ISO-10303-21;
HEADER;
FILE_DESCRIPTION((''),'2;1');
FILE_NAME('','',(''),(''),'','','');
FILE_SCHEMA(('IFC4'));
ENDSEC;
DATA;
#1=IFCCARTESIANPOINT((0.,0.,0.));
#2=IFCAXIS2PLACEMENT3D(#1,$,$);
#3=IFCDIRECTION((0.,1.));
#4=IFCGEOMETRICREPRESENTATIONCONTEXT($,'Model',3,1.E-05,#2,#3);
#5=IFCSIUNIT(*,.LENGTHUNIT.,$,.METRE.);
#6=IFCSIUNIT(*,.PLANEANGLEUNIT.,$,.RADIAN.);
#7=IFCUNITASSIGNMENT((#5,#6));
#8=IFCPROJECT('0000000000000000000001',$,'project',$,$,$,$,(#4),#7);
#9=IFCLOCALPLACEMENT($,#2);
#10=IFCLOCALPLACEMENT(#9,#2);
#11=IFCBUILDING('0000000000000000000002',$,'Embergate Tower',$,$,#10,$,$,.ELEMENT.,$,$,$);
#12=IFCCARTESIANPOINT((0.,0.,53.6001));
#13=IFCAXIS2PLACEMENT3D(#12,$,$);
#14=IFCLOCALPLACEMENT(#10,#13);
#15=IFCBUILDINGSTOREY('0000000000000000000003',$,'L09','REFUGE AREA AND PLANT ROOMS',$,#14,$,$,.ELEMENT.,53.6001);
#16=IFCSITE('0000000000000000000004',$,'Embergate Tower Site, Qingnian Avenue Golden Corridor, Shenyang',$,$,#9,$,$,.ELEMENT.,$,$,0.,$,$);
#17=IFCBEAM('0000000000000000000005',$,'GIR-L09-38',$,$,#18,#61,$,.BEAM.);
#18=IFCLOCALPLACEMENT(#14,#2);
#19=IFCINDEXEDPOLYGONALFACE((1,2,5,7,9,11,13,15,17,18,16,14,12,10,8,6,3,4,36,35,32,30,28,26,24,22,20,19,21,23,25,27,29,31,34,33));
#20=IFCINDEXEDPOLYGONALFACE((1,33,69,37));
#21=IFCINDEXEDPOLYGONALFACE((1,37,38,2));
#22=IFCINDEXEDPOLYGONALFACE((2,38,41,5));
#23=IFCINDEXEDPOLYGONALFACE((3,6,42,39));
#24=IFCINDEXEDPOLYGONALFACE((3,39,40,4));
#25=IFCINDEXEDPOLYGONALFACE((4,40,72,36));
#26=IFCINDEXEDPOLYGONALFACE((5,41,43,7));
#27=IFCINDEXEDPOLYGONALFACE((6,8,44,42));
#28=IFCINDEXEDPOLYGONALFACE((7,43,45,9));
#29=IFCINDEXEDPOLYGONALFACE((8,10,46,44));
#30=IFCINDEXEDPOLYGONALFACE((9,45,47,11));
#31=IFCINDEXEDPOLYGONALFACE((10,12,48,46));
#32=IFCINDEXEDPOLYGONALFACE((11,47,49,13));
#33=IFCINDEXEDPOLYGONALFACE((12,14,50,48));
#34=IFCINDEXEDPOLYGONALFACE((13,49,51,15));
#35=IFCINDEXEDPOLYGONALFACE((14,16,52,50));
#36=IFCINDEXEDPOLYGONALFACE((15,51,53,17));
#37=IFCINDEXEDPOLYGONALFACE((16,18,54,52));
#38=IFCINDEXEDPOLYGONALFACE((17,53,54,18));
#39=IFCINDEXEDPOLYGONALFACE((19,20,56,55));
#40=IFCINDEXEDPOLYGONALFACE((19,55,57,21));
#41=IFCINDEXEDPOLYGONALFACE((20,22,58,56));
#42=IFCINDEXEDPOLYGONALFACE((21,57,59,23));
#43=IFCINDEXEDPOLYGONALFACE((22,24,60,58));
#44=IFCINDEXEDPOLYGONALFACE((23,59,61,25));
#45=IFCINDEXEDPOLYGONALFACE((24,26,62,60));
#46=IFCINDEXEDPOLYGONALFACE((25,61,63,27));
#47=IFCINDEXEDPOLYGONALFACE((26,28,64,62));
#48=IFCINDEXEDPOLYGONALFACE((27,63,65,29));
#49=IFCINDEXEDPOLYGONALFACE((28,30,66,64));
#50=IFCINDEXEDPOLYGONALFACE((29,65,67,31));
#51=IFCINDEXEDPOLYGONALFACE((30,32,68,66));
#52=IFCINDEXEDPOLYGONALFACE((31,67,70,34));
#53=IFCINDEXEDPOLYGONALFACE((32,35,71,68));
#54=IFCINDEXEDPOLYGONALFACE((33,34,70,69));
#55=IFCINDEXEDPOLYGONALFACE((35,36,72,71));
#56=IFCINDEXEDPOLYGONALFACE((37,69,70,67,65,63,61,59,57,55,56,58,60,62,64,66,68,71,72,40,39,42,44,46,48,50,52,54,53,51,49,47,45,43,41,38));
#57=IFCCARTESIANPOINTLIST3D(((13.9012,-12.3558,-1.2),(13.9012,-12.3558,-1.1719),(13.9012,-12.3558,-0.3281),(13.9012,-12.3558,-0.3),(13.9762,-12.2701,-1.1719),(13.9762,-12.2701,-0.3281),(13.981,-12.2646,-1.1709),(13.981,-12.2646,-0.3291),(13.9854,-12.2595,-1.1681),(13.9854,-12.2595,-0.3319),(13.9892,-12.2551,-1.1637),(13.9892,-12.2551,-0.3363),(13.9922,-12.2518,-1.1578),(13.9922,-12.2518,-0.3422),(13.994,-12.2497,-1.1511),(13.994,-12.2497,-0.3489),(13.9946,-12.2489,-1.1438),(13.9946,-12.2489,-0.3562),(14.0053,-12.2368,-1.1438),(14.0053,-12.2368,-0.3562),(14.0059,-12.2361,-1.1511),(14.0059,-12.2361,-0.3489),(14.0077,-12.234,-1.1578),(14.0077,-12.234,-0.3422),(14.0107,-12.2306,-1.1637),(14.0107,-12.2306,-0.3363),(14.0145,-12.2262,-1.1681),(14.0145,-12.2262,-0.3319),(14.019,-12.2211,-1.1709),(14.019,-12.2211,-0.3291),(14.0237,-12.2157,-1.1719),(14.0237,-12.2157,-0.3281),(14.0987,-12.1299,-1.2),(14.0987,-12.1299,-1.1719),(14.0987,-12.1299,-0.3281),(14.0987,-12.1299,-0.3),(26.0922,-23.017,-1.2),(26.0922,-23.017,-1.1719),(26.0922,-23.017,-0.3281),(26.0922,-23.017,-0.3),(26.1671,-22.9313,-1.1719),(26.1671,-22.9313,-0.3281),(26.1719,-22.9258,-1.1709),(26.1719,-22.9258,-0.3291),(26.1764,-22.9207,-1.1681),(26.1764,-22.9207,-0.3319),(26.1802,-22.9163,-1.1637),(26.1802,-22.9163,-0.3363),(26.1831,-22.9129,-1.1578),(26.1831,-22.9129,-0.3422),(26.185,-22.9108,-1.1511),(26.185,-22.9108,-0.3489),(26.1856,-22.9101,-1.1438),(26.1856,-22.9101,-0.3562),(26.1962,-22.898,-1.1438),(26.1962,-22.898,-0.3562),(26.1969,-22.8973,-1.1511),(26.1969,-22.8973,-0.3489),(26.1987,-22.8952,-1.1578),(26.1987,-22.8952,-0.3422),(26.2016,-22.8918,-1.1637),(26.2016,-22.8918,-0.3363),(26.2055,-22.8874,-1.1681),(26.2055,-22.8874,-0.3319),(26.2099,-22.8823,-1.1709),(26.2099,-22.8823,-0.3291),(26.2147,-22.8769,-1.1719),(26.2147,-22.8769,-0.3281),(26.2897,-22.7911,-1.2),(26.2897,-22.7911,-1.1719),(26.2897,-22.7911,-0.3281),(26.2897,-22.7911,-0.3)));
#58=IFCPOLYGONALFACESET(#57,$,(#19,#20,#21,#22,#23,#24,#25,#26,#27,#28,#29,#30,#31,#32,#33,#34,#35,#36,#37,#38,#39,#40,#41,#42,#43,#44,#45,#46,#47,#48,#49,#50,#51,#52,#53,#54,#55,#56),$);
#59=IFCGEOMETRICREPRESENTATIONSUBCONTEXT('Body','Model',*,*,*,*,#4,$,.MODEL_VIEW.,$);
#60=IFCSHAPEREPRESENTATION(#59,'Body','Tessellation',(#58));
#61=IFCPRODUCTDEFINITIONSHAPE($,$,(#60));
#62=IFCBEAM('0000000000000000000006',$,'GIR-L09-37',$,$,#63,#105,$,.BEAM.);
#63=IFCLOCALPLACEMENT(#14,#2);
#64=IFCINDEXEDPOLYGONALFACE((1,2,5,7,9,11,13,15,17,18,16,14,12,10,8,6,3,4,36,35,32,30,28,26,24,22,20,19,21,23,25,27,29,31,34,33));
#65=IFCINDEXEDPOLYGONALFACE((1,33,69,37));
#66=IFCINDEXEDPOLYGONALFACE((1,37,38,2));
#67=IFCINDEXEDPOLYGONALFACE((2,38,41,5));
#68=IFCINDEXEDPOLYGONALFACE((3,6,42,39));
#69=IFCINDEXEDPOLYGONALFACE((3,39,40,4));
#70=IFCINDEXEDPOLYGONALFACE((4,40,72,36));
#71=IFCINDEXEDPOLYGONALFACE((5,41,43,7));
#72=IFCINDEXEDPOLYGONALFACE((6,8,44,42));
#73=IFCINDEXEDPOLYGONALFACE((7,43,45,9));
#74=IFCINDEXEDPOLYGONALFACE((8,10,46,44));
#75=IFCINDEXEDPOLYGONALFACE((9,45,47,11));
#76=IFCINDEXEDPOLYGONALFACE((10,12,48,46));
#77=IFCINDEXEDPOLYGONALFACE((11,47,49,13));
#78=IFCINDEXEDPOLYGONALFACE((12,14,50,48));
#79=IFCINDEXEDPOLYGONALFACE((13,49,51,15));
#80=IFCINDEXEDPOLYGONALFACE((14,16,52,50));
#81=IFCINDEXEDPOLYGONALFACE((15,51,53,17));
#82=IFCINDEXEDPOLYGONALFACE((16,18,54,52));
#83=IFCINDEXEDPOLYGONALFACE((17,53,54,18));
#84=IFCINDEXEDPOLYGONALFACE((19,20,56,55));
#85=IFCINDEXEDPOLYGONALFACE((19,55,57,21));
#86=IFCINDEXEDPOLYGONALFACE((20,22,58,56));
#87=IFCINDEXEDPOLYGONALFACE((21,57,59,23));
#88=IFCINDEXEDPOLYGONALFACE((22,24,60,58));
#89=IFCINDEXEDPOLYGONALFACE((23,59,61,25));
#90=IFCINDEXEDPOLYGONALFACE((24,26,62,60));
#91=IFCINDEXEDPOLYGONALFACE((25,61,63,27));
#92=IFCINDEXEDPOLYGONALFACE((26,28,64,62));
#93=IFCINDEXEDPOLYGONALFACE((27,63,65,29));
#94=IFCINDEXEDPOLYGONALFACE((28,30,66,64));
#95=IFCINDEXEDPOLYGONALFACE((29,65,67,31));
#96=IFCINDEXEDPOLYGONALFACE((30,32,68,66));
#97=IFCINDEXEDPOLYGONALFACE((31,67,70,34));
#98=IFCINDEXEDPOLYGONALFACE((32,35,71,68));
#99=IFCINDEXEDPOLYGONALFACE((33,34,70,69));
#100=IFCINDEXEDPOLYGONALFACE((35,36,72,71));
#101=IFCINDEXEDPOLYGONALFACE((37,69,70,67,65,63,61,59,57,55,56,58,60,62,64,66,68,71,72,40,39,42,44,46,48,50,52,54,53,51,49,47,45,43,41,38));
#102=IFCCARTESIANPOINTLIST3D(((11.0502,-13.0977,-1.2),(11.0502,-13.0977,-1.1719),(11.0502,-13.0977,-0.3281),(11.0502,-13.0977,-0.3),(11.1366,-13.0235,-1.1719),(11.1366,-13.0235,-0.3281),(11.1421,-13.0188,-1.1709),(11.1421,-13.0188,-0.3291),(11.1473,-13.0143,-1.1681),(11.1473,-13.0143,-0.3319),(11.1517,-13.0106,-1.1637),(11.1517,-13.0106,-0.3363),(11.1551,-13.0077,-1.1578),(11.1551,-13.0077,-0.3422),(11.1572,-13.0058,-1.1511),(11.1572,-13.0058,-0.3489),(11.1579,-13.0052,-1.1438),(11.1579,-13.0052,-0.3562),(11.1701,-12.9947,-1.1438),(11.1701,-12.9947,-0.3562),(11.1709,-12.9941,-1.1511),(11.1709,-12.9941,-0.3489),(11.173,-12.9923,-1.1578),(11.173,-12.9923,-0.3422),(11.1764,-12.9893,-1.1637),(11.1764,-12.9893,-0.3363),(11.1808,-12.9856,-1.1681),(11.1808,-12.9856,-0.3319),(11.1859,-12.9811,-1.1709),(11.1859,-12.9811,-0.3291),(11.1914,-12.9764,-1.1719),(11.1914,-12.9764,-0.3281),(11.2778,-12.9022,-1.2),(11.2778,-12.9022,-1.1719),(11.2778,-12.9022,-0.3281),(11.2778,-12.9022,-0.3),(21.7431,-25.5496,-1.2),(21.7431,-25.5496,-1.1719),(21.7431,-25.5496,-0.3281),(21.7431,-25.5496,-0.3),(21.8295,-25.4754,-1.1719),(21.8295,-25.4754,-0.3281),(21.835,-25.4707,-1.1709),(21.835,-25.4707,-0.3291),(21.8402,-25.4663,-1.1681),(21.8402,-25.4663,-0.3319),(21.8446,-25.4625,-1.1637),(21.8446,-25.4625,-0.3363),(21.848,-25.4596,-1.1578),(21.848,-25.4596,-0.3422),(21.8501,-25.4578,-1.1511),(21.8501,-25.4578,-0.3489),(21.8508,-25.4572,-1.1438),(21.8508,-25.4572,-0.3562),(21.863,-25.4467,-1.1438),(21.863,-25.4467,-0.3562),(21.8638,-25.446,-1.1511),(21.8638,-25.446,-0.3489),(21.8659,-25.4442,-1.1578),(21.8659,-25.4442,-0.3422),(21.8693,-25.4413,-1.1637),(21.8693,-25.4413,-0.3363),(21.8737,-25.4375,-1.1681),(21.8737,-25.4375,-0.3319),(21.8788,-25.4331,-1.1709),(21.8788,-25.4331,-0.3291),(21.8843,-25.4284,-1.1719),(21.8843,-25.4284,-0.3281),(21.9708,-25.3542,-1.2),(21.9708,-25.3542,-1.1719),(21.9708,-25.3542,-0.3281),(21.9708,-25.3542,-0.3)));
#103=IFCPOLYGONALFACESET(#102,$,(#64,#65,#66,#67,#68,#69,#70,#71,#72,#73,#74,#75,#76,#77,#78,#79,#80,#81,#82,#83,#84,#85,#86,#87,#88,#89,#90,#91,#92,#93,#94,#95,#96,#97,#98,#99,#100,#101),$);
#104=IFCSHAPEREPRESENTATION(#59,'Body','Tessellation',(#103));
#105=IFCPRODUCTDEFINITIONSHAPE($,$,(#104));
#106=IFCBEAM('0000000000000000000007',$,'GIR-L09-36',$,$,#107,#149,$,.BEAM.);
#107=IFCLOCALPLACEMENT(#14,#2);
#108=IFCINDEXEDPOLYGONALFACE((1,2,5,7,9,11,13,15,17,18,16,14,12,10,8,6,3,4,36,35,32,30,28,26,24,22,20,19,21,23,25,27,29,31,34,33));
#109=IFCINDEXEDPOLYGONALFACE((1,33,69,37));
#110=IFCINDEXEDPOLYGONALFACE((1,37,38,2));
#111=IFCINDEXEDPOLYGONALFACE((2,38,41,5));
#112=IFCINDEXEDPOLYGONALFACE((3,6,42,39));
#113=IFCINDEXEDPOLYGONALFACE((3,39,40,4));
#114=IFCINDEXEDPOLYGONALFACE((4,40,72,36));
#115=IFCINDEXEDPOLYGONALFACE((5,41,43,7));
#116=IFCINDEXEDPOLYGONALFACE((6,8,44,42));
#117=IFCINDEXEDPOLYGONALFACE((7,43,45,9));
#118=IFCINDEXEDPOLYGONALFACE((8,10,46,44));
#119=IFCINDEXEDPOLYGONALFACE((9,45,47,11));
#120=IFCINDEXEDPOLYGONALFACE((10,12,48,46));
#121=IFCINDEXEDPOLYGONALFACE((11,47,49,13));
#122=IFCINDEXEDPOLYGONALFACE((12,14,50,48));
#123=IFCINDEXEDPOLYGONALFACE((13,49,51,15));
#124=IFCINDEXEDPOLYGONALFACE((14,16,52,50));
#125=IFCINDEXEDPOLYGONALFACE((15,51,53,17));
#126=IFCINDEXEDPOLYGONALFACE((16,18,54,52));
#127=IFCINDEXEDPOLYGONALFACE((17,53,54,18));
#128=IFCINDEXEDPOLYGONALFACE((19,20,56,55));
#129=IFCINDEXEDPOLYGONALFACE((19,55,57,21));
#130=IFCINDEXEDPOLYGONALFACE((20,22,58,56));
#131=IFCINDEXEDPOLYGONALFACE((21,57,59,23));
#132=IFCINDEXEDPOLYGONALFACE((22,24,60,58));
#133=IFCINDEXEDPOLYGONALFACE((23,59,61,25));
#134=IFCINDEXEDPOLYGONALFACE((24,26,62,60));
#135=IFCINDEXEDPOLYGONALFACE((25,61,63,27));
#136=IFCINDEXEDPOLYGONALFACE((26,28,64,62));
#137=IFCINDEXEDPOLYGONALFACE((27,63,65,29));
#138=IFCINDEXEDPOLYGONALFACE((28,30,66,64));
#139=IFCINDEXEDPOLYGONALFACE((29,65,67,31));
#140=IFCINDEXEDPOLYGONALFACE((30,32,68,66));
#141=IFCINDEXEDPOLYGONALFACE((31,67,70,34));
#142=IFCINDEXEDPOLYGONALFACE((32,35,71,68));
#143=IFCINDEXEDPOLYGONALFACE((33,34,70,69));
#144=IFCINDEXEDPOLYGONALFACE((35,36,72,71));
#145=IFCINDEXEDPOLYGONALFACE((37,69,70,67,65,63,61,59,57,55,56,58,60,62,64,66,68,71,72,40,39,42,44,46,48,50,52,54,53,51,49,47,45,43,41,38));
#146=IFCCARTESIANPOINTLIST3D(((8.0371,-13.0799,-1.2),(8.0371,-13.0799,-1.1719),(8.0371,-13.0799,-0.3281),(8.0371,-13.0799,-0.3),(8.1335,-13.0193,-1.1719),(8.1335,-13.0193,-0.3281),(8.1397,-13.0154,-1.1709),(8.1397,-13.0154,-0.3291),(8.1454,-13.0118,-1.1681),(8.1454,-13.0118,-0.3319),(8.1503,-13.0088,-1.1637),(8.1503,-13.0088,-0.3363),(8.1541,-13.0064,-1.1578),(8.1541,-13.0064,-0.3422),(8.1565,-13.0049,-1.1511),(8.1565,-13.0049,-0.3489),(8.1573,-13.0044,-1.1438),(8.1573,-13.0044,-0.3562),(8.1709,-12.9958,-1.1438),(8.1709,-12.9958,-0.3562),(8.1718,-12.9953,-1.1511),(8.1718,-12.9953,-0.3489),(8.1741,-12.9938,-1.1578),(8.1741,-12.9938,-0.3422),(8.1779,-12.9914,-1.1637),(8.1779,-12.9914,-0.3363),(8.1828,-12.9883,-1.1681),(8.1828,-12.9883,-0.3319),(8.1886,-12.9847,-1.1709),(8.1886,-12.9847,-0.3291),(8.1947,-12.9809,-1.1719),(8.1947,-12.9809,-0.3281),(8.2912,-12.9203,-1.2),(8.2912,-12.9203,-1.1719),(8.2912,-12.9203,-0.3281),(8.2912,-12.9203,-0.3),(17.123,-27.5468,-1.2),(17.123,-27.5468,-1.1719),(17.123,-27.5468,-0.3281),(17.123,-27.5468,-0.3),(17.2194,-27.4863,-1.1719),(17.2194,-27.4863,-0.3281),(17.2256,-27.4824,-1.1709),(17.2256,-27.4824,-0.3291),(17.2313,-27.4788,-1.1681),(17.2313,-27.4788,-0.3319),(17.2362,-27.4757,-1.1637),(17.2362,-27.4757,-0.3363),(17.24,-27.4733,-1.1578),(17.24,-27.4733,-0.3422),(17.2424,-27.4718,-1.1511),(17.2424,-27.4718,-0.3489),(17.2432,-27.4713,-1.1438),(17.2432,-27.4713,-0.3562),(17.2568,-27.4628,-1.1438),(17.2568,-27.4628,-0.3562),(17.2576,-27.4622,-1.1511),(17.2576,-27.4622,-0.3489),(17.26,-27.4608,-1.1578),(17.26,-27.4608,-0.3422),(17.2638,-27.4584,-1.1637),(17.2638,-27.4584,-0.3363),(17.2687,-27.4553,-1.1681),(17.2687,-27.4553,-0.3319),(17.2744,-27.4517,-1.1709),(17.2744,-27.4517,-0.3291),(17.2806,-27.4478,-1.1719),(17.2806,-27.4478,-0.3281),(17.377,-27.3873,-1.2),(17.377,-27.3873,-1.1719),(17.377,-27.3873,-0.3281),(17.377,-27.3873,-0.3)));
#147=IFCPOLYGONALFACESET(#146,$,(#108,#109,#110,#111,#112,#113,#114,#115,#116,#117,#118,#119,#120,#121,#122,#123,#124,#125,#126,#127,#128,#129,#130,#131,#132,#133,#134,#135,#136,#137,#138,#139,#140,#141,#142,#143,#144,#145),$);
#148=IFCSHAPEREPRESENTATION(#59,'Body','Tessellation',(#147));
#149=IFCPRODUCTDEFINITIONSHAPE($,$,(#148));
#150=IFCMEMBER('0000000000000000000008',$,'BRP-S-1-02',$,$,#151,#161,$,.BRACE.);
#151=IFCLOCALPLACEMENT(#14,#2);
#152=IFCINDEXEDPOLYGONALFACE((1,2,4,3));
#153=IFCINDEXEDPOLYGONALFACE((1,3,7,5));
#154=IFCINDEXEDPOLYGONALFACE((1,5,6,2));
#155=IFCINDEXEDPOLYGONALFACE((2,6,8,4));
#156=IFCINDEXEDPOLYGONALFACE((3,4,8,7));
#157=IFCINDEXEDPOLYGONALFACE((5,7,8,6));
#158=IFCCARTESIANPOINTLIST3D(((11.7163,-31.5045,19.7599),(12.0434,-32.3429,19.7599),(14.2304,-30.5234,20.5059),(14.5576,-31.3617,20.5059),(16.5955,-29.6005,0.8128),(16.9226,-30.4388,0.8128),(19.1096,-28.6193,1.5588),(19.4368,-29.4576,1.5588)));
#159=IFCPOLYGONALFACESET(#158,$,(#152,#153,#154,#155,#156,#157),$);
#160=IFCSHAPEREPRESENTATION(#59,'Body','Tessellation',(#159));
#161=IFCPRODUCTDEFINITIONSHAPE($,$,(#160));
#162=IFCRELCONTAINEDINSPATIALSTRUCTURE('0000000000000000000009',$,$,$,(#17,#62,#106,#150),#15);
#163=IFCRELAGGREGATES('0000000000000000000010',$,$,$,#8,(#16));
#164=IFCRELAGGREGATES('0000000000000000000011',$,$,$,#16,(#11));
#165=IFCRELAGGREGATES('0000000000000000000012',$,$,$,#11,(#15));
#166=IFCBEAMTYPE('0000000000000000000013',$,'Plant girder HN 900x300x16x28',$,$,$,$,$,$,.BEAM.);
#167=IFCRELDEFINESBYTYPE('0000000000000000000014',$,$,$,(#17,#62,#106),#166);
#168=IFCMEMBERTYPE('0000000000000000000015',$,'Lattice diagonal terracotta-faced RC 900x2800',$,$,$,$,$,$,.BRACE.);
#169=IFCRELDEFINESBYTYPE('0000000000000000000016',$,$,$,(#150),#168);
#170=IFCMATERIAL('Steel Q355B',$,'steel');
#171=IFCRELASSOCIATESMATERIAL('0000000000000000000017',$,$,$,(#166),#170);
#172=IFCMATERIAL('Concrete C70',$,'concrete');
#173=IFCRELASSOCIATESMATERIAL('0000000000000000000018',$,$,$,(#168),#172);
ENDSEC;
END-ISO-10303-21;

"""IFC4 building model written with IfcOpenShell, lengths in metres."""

from ifc_helpers import new_model, si_unit, direction, frame, origin, origin_2d, place, context, subcontext, project, spatial, rectangle, i_section, extrude, source, transform, mapped, material, material_profile, profile_set, type_object, element, save


model = new_model("IFC4")

# Units and contexts
model_context = context("Model", 3, precision=1e-05, world=origin(), true_north=direction((0.0, 1.0)))
body_context = subcontext(model_context, "Body", "Model", "MODEL_VIEW")
ifc_project = project(units=[si_unit("LENGTHUNIT", "METRE"), si_unit("PLANEANGLEUNIT", "RADIAN")], contexts=[model_context])

# Site, building, storey
site_placement = place(None, origin())
site = spatial("IfcSite", under=ifc_project, at=site_placement, Name="Embergate Tower Site, Qingnian Avenue Golden Corridor, Shenyang", CompositionType="ELEMENT", RefElevation=0.0)
building_placement = place(site_placement, origin())
building = spatial("IfcBuilding", under=site, at=building_placement, Name="Embergate Tower", CompositionType="ELEMENT")
storey_placement = place(building_placement, frame((0.0, 0.0, 53.6001)))
storey = spatial("IfcBuildingStorey", under=building, at=storey_placement, Name="L09", Description="REFUGE AREA AND PLANT ROOMS", CompositionType="ELEMENT", Elevation=53.6001)

# Shared definitions
ifc_material_1 = material(Name="Concrete C70", Category="concrete")

# Beams
ifc_material_2 = material(Name="Steel Q355B", Category="steel")
ifc_material_profile_1 = material_profile(ifc_material_2, i_section(OverallWidth=0.3, OverallDepth=0.8999, WebThickness=0.0161, FlangeThickness=0.0281, FilletRadius=0.0281, at=origin_2d()), Name="HN 900x300x16x28")
ifc_profile_set_1 = profile_set([ifc_material_profile_1], Name="Steel Q355 grade B")
beam_type_1 = type_object("IfcBeamType", Name="Plant girder HN 900x300x16x28", PredefinedType="BEAM", material=ifc_profile_set_1)
shared_shape_1 = source(origin(), body_context, "Body", "SweptSolid", [
    extrude(i_section(OverallWidth=0.3, OverallDepth=0.8999, WebThickness=0.0161, FlangeThickness=0.0281, FilletRadius=0.0281, at=origin_2d()), origin(), (0.0, 0.0, 1.0), 16.1951),
])
beam_1_placement = place(storey_placement, frame((26.1909, -22.9041, -0.75), z_axis=(-0.752758, 0.658298, 0.0), x_axis=(-0.658298, -0.752758, 0.0)))
element("IfcBeam", 1, at=beam_1_placement, inside=storey, type_object=beam_type_1, Name="GIR-L09-38", PredefinedType="BEAM", context=body_context, shape_type="MappedRepresentation", body=[
    mapped(shared_shape_1, transform((0.0, 0.0, 0.0))),
])
shared_shape_2 = source(origin(), body_context, "Body", "SweptSolid", [
    extrude(i_section(OverallWidth=0.3, OverallDepth=0.8999, WebThickness=0.0161, FlangeThickness=0.0281, FilletRadius=0.0281, at=origin_2d()), origin(), (0.0, 0.0, 1.0), 16.4131),
])
beam_2_placement = place(storey_placement, frame((21.8569, -25.4519, -0.75), z_axis=(-0.651487, 0.75866, 0.0), x_axis=(-0.75866, -0.651487, 0.0)))
element("IfcBeam", 2, at=beam_2_placement, inside=storey, type_object=beam_type_1, Name="GIR-L09-37", PredefinedType="BEAM", context=body_context, shape_type="MappedRepresentation", body=[
    mapped(shared_shape_2, transform((0.0, 0.0, 0.0))),
])
shared_shape_3 = source(origin(), body_context, "Body", "SweptSolid", [
    extrude(i_section(OverallWidth=0.3, OverallDepth=0.8999, WebThickness=0.0161, FlangeThickness=0.0281, FilletRadius=0.0281, at=origin_2d()), origin(), (0.0, 0.0, 1.0), 17.0835),
])
beam_3_placement = place(storey_placement, frame((17.25, -27.467, -0.75), z_axis=(-0.531851, 0.846838, 0.0), x_axis=(-0.846838, -0.531851, 0.0)))
element("IfcBeam", 3, at=beam_3_placement, inside=storey, type_object=beam_type_1, Name="GIR-L09-36", PredefinedType="BEAM", context=body_context, shape_type="MappedRepresentation", body=[
    mapped(shared_shape_3, transform((0.0, 0.0, 0.0))),
])

# Member
ifc_material_profile_2 = material_profile(ifc_material_1, rectangle(XDim=0.8999, YDim=2.8, at=origin_2d()), Name="RC 900x2800")
ifc_profile_set_2 = profile_set([ifc_material_profile_2], Name="Concrete C70")
member_type = type_object("IfcMemberType", Name="Lattice diagonal terracotta-faced RC 900x2800", PredefinedType="BRACE", material=ifc_profile_set_2)
shared_shape_4 = source(origin(), body_context, "Body", "SweptSolid", [
    extrude(rectangle(XDim=0.8999, YDim=2.8, at=origin_2d()), origin(), (0.0, 0.0, 1.0), 19.6577),
])
member_placement = place(storey_placement, frame((18.0161, -29.5291, 1.1858), z_axis=(-0.248207, -0.096861, 0.963852), x_axis=(0.363541, -0.931578, 0.0)))
element("IfcMember", 4, at=member_placement, inside=storey, type_object=member_type, Name="BRP-S-1-02", PredefinedType="BRACE", context=body_context, shape_type="MappedRepresentation", body=[
    mapped(shared_shape_4, transform((0.0, 0.0, 0.0))),
])

save(model, "model.ifc")
